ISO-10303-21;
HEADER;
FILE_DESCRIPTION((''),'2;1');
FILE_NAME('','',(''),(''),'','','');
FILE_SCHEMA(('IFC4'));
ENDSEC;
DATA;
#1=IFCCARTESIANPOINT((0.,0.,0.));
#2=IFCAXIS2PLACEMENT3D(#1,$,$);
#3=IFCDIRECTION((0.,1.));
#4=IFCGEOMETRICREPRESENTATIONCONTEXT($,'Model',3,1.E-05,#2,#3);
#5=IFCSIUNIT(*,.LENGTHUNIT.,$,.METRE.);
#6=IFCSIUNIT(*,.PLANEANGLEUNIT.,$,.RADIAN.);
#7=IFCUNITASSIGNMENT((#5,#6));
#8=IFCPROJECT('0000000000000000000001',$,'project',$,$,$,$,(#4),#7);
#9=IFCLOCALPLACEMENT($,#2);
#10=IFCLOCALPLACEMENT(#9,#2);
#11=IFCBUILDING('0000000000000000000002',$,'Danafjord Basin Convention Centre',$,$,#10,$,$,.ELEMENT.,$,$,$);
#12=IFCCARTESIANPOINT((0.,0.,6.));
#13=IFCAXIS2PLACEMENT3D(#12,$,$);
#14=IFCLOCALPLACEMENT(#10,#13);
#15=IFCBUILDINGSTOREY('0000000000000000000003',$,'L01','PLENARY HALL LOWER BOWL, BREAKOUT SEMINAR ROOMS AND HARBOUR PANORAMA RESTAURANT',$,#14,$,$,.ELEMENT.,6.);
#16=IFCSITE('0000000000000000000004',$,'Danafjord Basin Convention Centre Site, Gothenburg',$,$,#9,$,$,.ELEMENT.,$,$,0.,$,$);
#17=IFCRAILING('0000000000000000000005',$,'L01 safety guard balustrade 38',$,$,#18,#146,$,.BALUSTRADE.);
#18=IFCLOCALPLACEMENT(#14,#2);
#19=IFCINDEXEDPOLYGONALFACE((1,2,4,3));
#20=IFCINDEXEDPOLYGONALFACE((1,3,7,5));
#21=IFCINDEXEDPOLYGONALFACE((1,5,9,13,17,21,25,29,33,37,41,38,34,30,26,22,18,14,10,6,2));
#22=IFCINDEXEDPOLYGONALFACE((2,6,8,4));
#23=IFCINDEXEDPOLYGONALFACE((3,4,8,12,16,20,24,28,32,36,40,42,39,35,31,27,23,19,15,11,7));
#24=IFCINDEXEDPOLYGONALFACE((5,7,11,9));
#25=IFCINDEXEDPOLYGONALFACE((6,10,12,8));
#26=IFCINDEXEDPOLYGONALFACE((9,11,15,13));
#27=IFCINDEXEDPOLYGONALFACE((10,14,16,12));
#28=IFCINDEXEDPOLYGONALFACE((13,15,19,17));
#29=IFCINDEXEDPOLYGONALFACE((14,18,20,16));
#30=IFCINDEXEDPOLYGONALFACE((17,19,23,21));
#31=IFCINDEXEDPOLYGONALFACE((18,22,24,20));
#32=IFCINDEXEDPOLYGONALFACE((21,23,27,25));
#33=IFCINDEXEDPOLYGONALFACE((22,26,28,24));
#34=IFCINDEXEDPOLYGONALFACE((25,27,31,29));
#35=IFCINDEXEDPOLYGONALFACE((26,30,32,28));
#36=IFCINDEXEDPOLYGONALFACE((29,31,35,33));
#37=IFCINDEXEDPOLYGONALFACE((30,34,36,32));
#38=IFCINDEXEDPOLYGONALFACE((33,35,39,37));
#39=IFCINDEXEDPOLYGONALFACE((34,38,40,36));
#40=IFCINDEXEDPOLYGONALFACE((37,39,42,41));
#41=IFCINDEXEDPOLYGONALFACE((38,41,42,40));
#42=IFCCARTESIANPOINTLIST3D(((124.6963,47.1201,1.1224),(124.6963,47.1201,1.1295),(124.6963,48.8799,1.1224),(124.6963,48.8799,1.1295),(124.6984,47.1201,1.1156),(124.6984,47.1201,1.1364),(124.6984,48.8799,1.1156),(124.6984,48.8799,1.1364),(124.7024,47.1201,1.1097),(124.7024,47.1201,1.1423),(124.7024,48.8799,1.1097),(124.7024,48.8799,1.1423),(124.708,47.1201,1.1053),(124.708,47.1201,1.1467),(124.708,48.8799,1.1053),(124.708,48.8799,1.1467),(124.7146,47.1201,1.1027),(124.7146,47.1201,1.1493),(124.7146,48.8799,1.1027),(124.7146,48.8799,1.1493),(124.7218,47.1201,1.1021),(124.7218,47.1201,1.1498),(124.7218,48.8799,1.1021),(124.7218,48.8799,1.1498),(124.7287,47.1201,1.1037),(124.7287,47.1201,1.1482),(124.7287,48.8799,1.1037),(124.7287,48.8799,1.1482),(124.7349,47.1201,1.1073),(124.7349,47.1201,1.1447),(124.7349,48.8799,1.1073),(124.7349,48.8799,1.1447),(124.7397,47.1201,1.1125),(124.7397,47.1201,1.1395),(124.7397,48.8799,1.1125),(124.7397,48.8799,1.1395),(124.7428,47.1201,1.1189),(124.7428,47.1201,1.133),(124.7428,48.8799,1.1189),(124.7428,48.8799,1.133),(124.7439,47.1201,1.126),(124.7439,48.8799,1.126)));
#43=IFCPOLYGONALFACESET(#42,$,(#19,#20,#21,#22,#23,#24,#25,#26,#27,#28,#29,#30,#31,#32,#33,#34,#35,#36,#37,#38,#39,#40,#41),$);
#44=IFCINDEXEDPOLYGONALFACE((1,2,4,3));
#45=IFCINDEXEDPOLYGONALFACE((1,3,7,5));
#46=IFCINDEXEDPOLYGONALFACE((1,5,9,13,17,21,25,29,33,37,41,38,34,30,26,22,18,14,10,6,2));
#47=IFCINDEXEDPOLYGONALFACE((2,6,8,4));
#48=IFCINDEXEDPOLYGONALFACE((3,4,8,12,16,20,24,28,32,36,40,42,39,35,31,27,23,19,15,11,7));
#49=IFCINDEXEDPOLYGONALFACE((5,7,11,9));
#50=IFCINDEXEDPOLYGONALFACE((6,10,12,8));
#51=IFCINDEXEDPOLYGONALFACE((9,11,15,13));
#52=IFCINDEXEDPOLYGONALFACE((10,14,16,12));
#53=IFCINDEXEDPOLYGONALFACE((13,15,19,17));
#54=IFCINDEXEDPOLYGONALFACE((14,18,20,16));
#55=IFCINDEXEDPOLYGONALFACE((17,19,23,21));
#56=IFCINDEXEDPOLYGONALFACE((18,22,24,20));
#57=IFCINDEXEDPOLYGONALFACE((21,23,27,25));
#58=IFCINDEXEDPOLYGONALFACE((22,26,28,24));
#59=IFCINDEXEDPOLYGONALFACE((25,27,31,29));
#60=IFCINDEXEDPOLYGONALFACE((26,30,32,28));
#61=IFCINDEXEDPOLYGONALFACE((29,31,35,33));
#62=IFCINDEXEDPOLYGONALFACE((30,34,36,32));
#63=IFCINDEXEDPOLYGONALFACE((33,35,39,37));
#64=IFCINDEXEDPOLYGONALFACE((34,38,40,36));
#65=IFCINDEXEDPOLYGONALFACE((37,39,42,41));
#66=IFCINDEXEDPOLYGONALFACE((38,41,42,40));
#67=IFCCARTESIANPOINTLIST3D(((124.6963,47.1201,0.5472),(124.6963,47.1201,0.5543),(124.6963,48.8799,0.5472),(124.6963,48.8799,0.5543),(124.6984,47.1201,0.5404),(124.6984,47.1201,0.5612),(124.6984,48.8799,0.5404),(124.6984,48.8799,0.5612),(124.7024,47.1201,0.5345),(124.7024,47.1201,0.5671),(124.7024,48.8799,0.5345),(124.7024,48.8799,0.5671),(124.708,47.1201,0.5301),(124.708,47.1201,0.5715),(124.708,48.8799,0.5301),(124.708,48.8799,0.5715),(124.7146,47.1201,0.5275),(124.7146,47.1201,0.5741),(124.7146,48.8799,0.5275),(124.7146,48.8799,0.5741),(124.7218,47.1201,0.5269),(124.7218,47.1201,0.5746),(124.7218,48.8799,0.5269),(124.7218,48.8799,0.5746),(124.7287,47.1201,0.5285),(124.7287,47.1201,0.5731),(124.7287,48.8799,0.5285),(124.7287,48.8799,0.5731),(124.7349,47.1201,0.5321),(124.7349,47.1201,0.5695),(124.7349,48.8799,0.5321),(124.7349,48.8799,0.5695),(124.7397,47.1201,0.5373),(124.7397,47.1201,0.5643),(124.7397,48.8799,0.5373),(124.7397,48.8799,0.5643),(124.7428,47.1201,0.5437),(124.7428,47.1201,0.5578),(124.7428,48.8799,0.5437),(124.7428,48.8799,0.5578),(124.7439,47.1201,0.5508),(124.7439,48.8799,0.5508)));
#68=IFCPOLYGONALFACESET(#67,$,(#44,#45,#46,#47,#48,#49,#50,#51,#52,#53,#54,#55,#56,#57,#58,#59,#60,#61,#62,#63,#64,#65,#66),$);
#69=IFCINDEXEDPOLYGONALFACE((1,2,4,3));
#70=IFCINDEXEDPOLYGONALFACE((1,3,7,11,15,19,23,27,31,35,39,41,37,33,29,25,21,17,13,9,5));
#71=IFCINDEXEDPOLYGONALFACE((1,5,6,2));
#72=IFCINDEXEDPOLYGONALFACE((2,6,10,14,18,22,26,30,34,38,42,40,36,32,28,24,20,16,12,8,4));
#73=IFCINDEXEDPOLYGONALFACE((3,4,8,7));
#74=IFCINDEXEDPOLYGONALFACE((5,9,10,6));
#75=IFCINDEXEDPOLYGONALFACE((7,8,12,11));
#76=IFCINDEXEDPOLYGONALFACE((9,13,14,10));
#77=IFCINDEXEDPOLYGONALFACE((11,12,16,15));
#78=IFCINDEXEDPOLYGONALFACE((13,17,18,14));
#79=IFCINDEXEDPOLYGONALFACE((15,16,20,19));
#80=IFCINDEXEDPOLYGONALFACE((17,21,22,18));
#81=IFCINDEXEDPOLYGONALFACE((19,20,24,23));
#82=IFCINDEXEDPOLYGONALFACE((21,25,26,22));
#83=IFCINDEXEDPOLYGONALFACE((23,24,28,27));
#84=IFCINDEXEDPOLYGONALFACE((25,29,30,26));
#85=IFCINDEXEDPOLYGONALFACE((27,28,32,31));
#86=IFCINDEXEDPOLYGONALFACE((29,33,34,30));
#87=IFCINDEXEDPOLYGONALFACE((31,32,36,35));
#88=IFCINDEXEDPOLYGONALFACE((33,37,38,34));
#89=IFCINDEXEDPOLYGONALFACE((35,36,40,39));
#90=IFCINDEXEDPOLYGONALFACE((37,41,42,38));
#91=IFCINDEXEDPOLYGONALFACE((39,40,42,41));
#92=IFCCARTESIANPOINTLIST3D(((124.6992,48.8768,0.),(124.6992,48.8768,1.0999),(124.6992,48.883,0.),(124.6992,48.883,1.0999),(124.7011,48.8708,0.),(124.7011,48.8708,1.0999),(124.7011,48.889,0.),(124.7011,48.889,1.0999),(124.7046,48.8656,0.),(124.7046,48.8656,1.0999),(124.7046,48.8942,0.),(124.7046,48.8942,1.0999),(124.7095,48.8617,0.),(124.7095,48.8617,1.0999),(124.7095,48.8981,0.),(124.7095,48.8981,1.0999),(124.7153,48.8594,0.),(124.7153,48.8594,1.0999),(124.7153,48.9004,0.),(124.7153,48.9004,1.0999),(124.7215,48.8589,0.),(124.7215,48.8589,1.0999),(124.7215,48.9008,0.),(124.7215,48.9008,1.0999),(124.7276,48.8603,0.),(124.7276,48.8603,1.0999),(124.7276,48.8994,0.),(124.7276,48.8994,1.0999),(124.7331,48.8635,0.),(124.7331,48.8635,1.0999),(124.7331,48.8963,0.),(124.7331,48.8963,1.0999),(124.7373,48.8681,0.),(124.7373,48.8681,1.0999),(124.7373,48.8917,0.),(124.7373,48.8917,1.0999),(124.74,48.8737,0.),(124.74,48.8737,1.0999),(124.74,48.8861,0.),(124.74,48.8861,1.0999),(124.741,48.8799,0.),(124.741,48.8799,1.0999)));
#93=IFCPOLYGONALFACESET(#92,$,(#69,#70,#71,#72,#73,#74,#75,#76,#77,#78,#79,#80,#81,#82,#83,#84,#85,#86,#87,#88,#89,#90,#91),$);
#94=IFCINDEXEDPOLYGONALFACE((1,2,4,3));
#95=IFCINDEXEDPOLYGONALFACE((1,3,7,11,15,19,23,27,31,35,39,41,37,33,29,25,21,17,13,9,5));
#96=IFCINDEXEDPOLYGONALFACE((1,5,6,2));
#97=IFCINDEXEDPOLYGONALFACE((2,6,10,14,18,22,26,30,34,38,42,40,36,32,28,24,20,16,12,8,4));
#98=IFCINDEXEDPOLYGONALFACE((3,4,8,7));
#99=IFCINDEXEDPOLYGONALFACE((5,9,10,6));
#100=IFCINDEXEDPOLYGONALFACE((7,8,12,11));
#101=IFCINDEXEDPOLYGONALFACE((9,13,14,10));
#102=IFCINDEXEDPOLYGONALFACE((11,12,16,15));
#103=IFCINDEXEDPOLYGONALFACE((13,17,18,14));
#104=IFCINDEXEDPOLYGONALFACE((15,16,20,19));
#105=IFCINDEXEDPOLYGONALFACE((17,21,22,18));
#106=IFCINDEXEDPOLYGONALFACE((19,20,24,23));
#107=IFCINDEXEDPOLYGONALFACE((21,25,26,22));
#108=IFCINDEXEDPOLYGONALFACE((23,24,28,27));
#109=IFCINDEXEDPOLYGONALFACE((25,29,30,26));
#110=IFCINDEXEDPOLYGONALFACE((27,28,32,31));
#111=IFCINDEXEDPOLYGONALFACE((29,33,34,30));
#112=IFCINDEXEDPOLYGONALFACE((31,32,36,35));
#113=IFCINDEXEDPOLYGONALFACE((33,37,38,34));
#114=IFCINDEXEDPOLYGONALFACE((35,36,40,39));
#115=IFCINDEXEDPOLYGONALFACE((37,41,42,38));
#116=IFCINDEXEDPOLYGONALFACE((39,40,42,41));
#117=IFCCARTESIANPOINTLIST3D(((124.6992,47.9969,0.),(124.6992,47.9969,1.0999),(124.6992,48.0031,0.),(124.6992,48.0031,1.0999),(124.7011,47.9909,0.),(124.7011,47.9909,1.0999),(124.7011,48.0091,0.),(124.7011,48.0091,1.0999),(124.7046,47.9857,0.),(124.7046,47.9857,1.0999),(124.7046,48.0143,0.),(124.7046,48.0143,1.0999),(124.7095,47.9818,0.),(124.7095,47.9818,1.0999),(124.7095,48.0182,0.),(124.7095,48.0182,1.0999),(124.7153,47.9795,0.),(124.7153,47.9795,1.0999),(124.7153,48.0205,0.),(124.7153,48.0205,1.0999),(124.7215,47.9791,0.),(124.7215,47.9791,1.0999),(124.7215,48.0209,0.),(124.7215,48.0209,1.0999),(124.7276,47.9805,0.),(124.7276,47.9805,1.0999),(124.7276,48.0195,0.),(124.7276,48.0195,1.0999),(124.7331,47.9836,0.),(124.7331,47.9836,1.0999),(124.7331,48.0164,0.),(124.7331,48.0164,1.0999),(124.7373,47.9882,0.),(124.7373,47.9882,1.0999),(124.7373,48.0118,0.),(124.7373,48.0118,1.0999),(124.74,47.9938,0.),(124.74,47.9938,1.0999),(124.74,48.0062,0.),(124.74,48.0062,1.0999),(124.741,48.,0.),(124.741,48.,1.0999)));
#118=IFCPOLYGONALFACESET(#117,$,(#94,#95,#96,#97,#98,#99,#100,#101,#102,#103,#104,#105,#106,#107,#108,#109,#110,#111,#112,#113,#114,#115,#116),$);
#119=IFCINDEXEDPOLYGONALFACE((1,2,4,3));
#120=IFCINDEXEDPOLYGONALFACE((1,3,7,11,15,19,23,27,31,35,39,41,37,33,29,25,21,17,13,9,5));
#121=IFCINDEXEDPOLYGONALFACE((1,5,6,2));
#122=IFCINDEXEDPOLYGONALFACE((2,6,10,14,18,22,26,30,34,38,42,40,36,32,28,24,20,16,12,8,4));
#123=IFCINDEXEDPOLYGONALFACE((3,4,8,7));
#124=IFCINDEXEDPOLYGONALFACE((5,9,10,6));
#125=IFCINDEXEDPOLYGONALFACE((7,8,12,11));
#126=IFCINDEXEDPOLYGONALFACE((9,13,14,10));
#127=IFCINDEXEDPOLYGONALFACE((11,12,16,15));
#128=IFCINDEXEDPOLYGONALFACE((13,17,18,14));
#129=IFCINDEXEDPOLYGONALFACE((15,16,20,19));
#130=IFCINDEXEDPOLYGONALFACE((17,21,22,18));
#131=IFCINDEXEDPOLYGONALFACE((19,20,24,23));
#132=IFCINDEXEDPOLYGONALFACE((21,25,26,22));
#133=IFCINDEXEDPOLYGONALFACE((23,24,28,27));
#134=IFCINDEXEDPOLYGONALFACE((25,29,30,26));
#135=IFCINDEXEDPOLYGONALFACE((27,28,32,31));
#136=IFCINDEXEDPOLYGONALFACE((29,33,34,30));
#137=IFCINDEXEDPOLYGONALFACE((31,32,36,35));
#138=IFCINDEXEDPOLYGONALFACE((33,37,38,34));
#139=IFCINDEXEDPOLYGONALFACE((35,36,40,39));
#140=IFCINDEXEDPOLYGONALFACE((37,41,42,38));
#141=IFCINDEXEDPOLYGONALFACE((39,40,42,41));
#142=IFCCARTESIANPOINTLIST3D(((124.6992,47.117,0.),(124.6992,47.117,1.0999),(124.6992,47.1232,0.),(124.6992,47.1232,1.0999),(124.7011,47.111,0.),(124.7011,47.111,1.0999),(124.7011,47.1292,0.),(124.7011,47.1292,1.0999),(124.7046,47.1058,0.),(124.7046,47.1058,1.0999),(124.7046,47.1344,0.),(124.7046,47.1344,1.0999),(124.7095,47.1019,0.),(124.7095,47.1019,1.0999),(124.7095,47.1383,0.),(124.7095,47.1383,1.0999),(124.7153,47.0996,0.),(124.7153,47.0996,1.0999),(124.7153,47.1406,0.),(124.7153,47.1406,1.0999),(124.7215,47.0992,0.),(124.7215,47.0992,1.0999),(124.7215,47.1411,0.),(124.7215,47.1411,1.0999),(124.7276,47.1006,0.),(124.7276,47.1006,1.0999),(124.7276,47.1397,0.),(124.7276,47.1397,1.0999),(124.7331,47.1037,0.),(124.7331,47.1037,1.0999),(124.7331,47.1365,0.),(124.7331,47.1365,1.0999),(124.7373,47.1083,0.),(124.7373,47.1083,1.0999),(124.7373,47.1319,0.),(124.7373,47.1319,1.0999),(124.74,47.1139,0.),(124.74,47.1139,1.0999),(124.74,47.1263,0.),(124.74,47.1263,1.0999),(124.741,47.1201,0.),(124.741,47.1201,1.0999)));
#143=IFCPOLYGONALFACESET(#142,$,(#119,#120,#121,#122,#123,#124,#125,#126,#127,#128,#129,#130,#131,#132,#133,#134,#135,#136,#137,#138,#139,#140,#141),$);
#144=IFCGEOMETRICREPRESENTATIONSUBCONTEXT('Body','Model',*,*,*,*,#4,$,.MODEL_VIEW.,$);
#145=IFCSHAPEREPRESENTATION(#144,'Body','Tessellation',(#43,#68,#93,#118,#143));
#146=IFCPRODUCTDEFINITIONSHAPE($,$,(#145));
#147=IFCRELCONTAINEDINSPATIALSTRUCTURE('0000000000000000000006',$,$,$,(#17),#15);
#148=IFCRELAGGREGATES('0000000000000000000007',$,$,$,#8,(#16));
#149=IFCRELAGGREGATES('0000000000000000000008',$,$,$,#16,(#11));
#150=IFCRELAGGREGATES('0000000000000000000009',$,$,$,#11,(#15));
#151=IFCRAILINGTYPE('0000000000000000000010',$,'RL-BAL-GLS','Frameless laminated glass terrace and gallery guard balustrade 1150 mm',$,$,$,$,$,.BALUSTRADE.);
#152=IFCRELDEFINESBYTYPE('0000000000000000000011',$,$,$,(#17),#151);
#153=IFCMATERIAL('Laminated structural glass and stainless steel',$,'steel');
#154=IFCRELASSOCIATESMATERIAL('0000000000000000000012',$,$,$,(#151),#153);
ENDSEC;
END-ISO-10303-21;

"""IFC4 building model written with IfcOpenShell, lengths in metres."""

from ifc_helpers import new_model, si_unit, direction, frame, origin, origin_2d, place, context, subcontext, project, spatial, circle, extrude, material, type_object, element, save


model = new_model("IFC4")

# Units and contexts
model_context = context("Model", 3, precision=1e-05, world=origin(), true_north=direction((0.0, 1.0)))
body_context = subcontext(model_context, "Body", "Model", "MODEL_VIEW")
ifc_project = project(units=[si_unit("LENGTHUNIT", "METRE"), si_unit("PLANEANGLEUNIT", "RADIAN")], contexts=[model_context])

# Site, building, storey
site_placement = place(None, origin())
site = spatial("IfcSite", under=ifc_project, at=site_placement, Name="Danafjord Basin Convention Centre Site, Gothenburg", CompositionType="ELEMENT", RefElevation=0.0)
building_placement = place(site_placement, origin())
building = spatial("IfcBuilding", under=site, at=building_placement, Name="Danafjord Basin Convention Centre", CompositionType="ELEMENT")
storey_placement = place(building_placement, frame((0.0, 0.0, 6.0)))
storey = spatial("IfcBuildingStorey", under=building, at=storey_placement, Name="L01", Description="PLENARY HALL LOWER BOWL, BREAKOUT SEMINAR ROOMS AND HARBOUR PANORAMA RESTAURANT", CompositionType="ELEMENT", Elevation=6.0)

# Railing
ifc_material_1 = material(Name="Laminated structural glass and stainless steel", Category="steel")
railing_type = type_object("IfcRailingType", Name="RL-BAL-GLS", Description="Frameless laminated glass terrace and gallery guard balustrade 1150 mm", PredefinedType="BALUSTRADE", material=ifc_material_1)
for number, where, name in (
    (1, (124.72, 48.8799, 0.0), "L01 safety guard balustrade 38"),
):
    element("IfcRailing", number, at=place(storey_placement, frame(where)), inside=storey, type_object=railing_type, Name=name, PredefinedType="BALUSTRADE", context=body_context, shape_type="SweptSolid", body=[
        extrude(circle(Radius=0.0239, at=origin_2d()), frame((0.0, 0.0, 1.126), z_axis=(0.0, -1.0, 0.0), x_axis=(1.0, 0.0, 0.0)), (0.0, 0.0, 1.0), 1.7598),
        extrude(circle(Radius=0.0239, at=origin_2d()), frame((0.0, 0.0, 0.5508), z_axis=(0.0, -1.0, 0.0), x_axis=(1.0, 0.0, 0.0)), (0.0, 0.0, 1.0), 1.7598),
        extrude(circle(Radius=0.021, at=origin_2d()), origin(), (0.0, 0.0, 1.0), 1.0999),
        extrude(circle(Radius=0.021, at=origin_2d()), frame((0.0, -0.8799, 0.0)), (0.0, 0.0, 1.0), 1.0999),
        extrude(circle(Radius=0.021, at=origin_2d()), frame((0.0, -1.7598, 0.0)), (0.0, 0.0, 1.0), 1.0999),
    ])

save(model, "model.ifc")
